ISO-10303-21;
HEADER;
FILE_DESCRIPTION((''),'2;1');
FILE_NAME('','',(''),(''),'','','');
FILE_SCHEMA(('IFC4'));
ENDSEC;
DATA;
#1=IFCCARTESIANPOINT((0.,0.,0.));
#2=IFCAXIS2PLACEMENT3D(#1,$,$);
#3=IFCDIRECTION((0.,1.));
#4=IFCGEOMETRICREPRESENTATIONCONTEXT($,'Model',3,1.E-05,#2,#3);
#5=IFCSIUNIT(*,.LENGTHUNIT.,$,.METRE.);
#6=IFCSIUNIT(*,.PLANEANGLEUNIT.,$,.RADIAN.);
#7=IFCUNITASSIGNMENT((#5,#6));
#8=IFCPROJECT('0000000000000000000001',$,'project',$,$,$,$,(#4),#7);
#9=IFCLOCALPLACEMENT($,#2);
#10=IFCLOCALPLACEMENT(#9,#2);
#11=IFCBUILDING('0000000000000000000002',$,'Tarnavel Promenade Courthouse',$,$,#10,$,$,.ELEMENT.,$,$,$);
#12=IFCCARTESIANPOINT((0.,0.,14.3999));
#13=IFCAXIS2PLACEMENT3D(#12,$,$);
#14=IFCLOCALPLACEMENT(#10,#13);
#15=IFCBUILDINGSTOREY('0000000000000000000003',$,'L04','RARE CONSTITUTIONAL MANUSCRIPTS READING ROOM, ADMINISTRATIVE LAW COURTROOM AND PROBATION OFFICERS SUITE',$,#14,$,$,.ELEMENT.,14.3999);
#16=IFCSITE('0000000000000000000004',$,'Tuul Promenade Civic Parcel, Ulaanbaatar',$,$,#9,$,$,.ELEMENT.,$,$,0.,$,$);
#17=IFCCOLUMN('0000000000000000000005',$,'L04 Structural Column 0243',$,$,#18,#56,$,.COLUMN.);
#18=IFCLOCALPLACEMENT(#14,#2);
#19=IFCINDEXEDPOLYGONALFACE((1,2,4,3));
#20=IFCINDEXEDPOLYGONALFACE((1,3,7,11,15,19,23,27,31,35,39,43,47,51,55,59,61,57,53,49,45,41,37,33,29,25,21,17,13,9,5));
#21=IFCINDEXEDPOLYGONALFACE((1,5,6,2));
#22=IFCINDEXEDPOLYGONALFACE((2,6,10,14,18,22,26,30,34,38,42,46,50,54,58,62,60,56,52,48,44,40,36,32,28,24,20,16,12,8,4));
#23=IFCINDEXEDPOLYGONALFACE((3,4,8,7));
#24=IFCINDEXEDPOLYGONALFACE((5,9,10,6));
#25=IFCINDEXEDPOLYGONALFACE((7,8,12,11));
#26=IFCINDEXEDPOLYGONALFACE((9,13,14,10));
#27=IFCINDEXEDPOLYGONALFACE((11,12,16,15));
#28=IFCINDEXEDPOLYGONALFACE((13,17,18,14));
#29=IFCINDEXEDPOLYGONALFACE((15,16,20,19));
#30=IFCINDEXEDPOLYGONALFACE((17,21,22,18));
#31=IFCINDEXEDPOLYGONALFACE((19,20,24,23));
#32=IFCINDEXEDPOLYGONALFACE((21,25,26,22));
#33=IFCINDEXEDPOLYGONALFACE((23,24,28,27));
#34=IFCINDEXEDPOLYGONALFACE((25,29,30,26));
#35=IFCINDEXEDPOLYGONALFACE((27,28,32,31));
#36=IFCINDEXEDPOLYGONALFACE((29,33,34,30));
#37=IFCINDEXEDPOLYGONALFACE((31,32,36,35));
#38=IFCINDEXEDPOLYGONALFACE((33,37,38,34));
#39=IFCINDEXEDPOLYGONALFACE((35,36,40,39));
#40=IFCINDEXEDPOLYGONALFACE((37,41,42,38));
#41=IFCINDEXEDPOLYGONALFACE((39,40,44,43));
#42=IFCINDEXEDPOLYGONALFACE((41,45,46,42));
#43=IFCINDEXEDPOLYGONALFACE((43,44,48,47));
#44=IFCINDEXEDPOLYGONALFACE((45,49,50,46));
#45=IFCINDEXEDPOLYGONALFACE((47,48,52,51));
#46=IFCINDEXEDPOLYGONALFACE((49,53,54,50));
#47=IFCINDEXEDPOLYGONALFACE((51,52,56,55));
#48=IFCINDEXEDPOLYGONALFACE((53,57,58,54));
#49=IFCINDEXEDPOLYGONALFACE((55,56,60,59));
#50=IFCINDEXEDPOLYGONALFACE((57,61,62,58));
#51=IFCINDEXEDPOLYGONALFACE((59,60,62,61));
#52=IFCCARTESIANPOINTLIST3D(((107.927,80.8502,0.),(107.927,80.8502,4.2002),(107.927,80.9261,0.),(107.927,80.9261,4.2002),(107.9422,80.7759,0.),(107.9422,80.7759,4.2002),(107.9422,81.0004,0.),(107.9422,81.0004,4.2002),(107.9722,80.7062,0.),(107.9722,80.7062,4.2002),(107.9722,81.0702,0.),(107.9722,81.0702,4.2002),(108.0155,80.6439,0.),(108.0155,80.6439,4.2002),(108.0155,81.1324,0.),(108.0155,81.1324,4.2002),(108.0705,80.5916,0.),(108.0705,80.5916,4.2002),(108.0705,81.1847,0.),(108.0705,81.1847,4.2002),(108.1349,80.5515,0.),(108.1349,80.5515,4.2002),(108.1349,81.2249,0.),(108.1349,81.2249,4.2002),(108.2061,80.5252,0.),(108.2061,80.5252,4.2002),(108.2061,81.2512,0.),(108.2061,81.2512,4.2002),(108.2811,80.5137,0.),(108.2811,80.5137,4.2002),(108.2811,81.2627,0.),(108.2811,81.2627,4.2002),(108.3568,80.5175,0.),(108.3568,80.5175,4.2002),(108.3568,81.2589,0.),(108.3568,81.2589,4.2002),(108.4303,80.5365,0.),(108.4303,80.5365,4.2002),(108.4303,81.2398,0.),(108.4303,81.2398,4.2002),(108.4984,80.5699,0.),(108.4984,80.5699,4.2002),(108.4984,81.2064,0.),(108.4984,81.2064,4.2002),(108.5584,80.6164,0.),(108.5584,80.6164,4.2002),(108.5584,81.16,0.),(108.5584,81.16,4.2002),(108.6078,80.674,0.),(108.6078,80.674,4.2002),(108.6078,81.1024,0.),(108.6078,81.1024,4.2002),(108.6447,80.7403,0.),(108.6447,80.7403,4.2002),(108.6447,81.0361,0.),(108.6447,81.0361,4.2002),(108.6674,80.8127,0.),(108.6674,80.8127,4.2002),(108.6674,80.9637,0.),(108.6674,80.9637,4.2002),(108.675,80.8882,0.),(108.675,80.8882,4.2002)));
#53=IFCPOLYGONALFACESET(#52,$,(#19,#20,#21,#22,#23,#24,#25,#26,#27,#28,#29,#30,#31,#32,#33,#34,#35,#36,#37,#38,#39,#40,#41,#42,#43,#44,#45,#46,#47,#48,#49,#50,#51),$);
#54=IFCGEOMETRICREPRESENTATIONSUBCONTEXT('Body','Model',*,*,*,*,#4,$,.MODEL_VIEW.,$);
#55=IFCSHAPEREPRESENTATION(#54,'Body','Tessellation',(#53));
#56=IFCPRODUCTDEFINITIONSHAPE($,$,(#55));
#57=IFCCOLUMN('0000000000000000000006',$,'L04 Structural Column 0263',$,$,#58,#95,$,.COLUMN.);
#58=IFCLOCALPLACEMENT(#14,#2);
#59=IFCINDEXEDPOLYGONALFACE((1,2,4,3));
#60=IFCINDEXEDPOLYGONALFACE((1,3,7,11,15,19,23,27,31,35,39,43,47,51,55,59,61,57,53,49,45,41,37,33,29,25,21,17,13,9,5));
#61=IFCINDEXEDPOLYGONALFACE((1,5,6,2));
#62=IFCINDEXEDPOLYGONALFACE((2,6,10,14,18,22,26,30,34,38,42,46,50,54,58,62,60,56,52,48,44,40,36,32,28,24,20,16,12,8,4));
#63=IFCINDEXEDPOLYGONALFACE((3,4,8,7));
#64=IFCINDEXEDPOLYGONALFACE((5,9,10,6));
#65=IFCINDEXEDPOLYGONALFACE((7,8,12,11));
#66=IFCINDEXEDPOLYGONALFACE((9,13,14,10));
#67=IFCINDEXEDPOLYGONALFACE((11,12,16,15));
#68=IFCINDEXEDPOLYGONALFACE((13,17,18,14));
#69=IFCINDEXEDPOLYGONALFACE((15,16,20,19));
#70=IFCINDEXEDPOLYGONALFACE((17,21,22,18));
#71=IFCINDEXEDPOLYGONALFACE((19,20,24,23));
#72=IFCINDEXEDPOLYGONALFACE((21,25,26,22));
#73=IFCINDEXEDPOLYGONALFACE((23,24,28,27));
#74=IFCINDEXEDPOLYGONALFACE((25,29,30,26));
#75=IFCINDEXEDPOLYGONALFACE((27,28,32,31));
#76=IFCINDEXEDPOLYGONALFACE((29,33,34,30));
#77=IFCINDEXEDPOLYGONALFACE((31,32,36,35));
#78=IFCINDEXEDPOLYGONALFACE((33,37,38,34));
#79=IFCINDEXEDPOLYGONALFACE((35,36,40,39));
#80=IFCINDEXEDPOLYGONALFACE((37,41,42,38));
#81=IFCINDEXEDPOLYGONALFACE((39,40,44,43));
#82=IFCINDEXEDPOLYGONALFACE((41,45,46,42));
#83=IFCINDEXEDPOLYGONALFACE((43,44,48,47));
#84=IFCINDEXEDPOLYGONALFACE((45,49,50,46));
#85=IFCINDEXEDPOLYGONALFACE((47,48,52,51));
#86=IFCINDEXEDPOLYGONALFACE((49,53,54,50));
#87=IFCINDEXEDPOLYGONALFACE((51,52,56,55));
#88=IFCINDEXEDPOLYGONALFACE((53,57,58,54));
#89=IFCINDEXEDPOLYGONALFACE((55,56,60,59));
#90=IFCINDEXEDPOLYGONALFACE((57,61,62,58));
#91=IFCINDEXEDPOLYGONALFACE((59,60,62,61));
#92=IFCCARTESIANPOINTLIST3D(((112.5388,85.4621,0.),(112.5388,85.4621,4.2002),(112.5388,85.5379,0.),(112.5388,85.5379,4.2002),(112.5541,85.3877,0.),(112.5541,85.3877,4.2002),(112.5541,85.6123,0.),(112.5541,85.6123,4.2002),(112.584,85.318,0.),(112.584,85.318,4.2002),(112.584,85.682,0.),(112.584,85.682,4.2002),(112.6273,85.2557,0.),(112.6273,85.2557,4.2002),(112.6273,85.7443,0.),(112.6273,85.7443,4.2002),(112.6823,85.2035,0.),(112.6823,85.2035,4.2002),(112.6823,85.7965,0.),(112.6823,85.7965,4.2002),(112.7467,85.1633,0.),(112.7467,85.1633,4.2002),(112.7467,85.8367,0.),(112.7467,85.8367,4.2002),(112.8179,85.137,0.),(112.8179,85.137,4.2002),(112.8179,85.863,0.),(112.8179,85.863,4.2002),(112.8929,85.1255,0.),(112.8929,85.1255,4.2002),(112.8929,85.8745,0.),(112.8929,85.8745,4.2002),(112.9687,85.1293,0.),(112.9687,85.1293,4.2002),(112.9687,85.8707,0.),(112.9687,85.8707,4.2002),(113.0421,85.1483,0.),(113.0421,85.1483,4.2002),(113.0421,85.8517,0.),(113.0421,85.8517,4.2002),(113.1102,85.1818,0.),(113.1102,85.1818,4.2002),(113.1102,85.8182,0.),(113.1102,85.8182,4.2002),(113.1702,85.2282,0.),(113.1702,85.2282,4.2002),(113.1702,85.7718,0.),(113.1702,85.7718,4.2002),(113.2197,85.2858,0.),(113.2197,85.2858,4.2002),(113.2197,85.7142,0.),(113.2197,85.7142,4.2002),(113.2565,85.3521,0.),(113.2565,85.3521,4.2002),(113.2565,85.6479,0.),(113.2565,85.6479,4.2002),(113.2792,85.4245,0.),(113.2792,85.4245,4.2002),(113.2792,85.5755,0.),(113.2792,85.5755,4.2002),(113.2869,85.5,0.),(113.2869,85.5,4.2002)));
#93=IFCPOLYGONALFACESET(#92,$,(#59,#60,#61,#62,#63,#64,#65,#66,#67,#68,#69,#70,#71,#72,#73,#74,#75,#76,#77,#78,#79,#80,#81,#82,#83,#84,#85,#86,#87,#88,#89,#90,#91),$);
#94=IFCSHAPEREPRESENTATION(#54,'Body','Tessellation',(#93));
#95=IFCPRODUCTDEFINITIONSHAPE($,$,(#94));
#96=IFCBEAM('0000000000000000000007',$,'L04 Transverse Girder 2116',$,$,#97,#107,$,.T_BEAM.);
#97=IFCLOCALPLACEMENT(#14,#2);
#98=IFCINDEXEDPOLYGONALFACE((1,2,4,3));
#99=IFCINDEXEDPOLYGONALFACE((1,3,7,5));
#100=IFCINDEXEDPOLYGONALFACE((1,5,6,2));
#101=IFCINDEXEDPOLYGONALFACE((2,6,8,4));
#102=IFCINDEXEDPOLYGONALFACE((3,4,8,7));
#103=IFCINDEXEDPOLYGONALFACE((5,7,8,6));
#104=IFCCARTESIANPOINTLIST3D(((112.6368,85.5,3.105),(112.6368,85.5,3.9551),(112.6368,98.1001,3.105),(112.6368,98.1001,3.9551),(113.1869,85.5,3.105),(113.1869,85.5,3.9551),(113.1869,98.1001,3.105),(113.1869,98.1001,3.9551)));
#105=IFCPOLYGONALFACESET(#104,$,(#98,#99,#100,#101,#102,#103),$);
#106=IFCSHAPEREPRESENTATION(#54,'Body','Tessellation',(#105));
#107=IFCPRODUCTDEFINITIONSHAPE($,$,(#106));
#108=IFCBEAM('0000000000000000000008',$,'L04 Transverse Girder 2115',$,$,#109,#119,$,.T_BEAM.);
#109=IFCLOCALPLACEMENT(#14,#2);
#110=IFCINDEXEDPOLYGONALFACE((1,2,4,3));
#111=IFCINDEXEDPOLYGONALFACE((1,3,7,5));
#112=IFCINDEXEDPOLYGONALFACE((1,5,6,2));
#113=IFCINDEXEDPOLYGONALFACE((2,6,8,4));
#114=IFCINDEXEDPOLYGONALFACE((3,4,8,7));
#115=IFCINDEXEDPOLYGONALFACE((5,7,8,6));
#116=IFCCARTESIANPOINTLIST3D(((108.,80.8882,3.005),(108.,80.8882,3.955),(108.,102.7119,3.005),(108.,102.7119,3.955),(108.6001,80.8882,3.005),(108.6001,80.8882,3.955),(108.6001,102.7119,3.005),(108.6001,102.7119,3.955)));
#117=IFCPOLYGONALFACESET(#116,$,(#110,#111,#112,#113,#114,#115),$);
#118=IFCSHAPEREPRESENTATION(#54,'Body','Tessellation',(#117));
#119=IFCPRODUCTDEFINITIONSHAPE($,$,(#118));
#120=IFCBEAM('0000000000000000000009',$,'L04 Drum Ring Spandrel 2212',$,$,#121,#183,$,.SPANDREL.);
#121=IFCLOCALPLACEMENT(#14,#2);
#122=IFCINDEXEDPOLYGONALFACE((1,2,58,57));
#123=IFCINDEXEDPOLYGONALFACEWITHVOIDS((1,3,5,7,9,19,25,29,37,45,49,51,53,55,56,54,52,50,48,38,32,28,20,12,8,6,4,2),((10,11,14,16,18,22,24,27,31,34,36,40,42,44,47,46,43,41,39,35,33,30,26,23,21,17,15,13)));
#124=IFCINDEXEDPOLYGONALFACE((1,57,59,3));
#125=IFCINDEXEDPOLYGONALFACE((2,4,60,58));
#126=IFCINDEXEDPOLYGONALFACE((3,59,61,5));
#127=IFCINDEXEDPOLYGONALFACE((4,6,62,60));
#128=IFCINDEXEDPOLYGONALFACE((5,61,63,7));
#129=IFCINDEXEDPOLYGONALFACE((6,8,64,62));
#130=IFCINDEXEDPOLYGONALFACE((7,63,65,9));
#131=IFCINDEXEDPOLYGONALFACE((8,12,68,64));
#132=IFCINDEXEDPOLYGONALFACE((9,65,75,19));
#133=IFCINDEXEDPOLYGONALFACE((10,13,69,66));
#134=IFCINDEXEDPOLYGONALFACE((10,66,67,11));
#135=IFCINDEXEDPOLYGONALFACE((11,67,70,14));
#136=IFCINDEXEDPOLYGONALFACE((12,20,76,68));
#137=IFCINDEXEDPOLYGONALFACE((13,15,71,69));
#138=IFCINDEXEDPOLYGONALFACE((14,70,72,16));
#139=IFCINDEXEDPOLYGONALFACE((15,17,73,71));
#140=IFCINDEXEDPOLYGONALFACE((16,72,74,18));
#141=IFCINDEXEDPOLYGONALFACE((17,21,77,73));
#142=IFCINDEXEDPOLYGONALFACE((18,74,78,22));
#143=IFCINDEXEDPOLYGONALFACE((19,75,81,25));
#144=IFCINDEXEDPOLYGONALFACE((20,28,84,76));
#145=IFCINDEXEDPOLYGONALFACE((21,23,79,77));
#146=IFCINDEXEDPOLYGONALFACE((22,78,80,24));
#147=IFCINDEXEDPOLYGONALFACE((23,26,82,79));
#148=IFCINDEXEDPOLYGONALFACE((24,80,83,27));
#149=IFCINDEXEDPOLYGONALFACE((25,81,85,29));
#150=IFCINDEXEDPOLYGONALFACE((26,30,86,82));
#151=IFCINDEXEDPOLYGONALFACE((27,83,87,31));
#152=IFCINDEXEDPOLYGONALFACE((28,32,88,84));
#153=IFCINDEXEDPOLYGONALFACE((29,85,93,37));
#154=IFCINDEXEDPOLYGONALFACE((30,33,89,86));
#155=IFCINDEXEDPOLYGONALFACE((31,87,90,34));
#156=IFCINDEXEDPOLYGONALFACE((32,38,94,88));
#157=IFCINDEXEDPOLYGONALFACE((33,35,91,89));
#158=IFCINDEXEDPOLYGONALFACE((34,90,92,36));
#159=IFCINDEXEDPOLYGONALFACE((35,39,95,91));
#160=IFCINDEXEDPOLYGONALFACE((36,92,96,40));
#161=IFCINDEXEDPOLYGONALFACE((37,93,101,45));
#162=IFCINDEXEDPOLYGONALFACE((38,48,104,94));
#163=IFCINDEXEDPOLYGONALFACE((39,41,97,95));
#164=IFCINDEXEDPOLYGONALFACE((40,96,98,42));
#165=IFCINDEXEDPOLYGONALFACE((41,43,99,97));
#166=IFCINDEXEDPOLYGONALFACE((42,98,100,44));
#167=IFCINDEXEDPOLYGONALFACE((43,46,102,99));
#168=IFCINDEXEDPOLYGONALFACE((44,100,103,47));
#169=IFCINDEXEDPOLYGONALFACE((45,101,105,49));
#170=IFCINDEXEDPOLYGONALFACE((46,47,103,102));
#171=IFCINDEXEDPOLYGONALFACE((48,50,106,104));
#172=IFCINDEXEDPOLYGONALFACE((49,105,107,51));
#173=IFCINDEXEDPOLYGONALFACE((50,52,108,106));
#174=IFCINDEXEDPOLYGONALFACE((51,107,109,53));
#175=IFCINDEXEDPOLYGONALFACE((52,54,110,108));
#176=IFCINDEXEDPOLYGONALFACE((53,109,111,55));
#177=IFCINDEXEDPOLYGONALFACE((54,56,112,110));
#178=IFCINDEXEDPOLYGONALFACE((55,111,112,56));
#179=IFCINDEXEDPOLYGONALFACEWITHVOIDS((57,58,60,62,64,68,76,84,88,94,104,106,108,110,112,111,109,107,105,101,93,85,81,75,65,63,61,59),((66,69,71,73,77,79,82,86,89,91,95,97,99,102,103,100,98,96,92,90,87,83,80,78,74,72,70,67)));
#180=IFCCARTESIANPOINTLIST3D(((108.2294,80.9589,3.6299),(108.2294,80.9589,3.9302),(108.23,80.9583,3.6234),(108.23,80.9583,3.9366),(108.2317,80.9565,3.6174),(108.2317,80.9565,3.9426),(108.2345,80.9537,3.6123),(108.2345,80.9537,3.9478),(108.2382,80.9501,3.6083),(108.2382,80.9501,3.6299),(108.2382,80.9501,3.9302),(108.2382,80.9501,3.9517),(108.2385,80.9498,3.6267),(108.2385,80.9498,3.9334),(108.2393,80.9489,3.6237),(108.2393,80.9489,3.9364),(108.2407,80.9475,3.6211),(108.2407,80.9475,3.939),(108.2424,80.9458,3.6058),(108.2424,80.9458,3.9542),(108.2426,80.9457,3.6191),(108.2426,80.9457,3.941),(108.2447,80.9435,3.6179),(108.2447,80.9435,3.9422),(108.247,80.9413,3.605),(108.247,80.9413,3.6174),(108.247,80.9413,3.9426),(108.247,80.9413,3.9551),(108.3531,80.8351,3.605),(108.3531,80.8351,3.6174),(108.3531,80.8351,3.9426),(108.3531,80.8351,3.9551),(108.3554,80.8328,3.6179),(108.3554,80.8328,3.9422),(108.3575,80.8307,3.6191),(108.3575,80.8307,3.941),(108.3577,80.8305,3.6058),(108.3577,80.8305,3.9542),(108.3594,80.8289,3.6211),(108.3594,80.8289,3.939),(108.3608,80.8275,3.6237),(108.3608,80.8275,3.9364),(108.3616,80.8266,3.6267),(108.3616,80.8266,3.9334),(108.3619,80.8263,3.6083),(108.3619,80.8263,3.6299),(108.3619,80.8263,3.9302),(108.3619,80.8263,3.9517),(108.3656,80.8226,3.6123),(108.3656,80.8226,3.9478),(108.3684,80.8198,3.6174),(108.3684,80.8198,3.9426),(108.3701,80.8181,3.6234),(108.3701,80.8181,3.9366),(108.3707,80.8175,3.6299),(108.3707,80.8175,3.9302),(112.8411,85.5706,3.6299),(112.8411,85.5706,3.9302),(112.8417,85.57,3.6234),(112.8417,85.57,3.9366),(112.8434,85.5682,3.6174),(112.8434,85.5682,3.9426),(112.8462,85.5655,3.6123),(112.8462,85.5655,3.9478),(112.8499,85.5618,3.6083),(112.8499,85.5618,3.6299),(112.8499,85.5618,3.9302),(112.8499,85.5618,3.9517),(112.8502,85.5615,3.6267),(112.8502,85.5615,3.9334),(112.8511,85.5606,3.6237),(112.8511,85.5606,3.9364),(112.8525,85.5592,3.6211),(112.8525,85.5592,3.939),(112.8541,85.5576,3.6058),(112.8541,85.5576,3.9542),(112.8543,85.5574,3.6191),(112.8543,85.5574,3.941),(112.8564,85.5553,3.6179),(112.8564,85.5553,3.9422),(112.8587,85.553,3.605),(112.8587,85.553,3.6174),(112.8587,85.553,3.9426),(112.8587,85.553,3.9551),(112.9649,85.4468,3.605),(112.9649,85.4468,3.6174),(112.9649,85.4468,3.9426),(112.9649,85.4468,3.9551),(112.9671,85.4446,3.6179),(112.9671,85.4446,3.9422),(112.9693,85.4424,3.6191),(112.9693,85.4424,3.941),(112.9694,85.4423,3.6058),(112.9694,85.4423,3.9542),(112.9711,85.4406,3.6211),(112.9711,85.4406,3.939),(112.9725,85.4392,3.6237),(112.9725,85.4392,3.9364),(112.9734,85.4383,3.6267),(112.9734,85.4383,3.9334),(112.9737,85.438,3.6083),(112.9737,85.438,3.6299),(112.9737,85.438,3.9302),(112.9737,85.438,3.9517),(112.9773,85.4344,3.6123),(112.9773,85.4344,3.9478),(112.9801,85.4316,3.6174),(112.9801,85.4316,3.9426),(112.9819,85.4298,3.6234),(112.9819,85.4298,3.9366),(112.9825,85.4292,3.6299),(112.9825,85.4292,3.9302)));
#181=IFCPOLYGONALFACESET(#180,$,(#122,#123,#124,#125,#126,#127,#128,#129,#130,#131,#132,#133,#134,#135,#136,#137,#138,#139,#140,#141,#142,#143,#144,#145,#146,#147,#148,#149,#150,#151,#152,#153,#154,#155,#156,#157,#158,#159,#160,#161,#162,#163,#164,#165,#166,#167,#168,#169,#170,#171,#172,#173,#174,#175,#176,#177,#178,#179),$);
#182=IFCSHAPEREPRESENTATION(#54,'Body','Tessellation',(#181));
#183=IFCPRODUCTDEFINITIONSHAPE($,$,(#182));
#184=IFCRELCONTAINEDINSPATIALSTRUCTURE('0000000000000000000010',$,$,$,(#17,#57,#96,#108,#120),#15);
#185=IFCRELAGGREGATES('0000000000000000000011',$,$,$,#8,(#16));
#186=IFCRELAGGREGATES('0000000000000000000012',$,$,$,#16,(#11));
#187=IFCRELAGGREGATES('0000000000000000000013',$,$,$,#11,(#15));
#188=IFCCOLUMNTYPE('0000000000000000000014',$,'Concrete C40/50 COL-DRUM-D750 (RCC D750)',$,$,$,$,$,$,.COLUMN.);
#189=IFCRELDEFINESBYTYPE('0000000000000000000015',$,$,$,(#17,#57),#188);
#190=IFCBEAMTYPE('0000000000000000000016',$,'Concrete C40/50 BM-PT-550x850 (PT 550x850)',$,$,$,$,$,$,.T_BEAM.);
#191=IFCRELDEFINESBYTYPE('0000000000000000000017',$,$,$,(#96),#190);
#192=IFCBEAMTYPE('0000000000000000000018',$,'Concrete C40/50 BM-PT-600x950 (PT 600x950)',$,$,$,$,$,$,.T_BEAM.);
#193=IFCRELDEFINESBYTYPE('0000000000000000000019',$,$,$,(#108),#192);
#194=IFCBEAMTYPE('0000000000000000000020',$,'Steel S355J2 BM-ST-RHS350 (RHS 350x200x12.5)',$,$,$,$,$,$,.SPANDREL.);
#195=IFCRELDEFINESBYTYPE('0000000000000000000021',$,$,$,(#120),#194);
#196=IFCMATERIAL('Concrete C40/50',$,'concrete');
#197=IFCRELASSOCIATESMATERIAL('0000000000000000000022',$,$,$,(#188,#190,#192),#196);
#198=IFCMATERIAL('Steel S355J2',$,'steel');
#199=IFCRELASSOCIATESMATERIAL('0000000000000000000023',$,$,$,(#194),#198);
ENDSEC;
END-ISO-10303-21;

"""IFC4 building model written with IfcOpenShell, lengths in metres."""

from ifc_helpers import new_model, si_unit, direction, frame, origin, origin_2d, place, context, subcontext, project, spatial, rectangle, hollow_rectangle, circle, extrude, material, material_profile, profile_set, type_object, element, save


model = new_model("IFC4")

# Units and contexts
model_context = context("Model", 3, precision=1e-05, world=origin(), true_north=direction((0.0, 1.0)))
body_context = subcontext(model_context, "Body", "Model", "MODEL_VIEW")
ifc_project = project(units=[si_unit("LENGTHUNIT", "METRE"), si_unit("PLANEANGLEUNIT", "RADIAN")], contexts=[model_context])

# Site, building, storey
site_placement = place(None, origin())
site = spatial("IfcSite", under=ifc_project, at=site_placement, Name="Tuul Promenade Civic Parcel, Ulaanbaatar", CompositionType="ELEMENT", RefElevation=0.0)
building_placement = place(site_placement, origin())
building = spatial("IfcBuilding", under=site, at=building_placement, Name="Tarnavel Promenade Courthouse", CompositionType="ELEMENT")
storey_placement = place(building_placement, frame((0.0, 0.0, 14.3999)))
storey = spatial("IfcBuildingStorey", under=building, at=storey_placement, Name="L04", Description="RARE CONSTITUTIONAL MANUSCRIPTS READING ROOM, ADMINISTRATIVE LAW COURTROOM AND PROBATION OFFICERS SUITE", CompositionType="ELEMENT", Elevation=14.3999)

# Columns
ifc_material_1 = material(Name="Concrete C40/50", Category="concrete")
ifc_material_profile_1 = material_profile(ifc_material_1, circle(Radius=0.375, at=origin_2d()), Name="RCC D750")
ifc_profile_set_1 = profile_set([ifc_material_profile_1], Name="Concrete C40/50")
column_type = type_object("IfcColumnType", Name="Concrete C40/50 COL-DRUM-D750 (RCC D750)", PredefinedType="COLUMN", material=ifc_profile_set_1)
for number, where, z_axis, x_axis, name in (
    (1, (108.3, 80.8882, 0.0), (0.0, 0.0, 1.0), (1.0, 0.0, 0.0), "L04 Structural Column 0243"),
    (2, (112.9119, 85.5, 0.0), (0.0, 0.0, 1.0), (1.0, 0.0, 0.0), "L04 Structural Column 0263"),
):
    element("IfcColumn", number, at=place(storey_placement, frame(where, z_axis=z_axis, x_axis=x_axis)), inside=storey, type_object=column_type, Name=name, PredefinedType="COLUMN", context=body_context, shape_type="SweptSolid", body=[
        extrude(circle(Radius=0.375, at=origin_2d()), origin(), (0.0, 0.0, 1.0), 4.2002),
    ])

# Beams
ifc_material_profile_2 = material_profile(ifc_material_1, rectangle(XDim=0.55, YDim=0.8501, at=origin_2d()), Name="PT 550x850")
ifc_profile_set_2 = profile_set([ifc_material_profile_2], Name="Concrete C40/50")
beam_type_1 = type_object("IfcBeamType", Name="Concrete C40/50 BM-PT-550x850 (PT 550x850)", PredefinedType="T_BEAM", material=ifc_profile_set_2)
beam_1_placement = place(storey_placement, frame((112.9119, 85.5, 3.53), z_axis=(0.0, 1.0, 0.0), x_axis=(-1.0, 0.0, 0.0)))
element("IfcBeam", 3, at=beam_1_placement, inside=storey, type_object=beam_type_1, Name="L04 Transverse Girder 2116", PredefinedType="T_BEAM", context=body_context, shape_type="SweptSolid", body=[
    extrude(rectangle(XDim=0.55, YDim=0.8501, at=origin_2d()), origin(), (0.0, 0.0, 1.0), 12.6001),
])
ifc_material_profile_3 = material_profile(ifc_material_1, rectangle(XDim=0.6001, YDim=0.95, at=origin_2d()), Name="PT 600x950")
ifc_profile_set_3 = profile_set([ifc_material_profile_3], Name="Concrete C40/50")
beam_type_2 = type_object("IfcBeamType", Name="Concrete C40/50 BM-PT-600x950 (PT 600x950)", PredefinedType="T_BEAM", material=ifc_profile_set_3)
beam_2_placement = place(storey_placement, frame((108.3, 80.8882, 3.48), z_axis=(0.0, 1.0, 0.0), x_axis=(-1.0, 0.0, 0.0)))
element("IfcBeam", 4, at=beam_2_placement, inside=storey, type_object=beam_type_2, Name="L04 Transverse Girder 2115", PredefinedType="T_BEAM", context=body_context, shape_type="SweptSolid", body=[
    extrude(rectangle(XDim=0.6001, YDim=0.95, at=origin_2d()), origin(), (0.0, 0.0, 1.0), 21.8237),
])
ifc_material_2 = material(Name="Steel S355J2", Category="steel")
ifc_material_profile_4 = material_profile(ifc_material_2, hollow_rectangle(XDim=0.2, YDim=0.3501, WallThickness=0.0125, InnerFilletRadius=0.0125, OuterFilletRadius=0.0249, at=origin_2d()), Name="RHS 350x200x12.5")
ifc_profile_set_4 = profile_set([ifc_material_profile_4], Name="Steel S355J2")
beam_type_3 = type_object("IfcBeamType", Name="Steel S355J2 BM-ST-RHS350 (RHS 350x200x12.5)", PredefinedType="SPANDREL", material=ifc_profile_set_4)
beam_3_placement = place(storey_placement, frame((108.3, 80.8882, 3.78), z_axis=(0.707107, 0.707107, 0.0), x_axis=(-0.707107, 0.707107, 0.0)))
element("IfcBeam", 5, at=beam_3_placement, inside=storey, type_object=beam_type_3, Name="L04 Drum Ring Spandrel 2212", PredefinedType="SPANDREL", context=body_context, shape_type="SweptSolid", body=[
    extrude(hollow_rectangle(XDim=0.2, YDim=0.3501, WallThickness=0.0125, InnerFilletRadius=0.0125, OuterFilletRadius=0.0249, at=origin_2d()), origin(), (0.0, 0.0, 1.0), 6.522),
])

save(model, "model.ifc")
